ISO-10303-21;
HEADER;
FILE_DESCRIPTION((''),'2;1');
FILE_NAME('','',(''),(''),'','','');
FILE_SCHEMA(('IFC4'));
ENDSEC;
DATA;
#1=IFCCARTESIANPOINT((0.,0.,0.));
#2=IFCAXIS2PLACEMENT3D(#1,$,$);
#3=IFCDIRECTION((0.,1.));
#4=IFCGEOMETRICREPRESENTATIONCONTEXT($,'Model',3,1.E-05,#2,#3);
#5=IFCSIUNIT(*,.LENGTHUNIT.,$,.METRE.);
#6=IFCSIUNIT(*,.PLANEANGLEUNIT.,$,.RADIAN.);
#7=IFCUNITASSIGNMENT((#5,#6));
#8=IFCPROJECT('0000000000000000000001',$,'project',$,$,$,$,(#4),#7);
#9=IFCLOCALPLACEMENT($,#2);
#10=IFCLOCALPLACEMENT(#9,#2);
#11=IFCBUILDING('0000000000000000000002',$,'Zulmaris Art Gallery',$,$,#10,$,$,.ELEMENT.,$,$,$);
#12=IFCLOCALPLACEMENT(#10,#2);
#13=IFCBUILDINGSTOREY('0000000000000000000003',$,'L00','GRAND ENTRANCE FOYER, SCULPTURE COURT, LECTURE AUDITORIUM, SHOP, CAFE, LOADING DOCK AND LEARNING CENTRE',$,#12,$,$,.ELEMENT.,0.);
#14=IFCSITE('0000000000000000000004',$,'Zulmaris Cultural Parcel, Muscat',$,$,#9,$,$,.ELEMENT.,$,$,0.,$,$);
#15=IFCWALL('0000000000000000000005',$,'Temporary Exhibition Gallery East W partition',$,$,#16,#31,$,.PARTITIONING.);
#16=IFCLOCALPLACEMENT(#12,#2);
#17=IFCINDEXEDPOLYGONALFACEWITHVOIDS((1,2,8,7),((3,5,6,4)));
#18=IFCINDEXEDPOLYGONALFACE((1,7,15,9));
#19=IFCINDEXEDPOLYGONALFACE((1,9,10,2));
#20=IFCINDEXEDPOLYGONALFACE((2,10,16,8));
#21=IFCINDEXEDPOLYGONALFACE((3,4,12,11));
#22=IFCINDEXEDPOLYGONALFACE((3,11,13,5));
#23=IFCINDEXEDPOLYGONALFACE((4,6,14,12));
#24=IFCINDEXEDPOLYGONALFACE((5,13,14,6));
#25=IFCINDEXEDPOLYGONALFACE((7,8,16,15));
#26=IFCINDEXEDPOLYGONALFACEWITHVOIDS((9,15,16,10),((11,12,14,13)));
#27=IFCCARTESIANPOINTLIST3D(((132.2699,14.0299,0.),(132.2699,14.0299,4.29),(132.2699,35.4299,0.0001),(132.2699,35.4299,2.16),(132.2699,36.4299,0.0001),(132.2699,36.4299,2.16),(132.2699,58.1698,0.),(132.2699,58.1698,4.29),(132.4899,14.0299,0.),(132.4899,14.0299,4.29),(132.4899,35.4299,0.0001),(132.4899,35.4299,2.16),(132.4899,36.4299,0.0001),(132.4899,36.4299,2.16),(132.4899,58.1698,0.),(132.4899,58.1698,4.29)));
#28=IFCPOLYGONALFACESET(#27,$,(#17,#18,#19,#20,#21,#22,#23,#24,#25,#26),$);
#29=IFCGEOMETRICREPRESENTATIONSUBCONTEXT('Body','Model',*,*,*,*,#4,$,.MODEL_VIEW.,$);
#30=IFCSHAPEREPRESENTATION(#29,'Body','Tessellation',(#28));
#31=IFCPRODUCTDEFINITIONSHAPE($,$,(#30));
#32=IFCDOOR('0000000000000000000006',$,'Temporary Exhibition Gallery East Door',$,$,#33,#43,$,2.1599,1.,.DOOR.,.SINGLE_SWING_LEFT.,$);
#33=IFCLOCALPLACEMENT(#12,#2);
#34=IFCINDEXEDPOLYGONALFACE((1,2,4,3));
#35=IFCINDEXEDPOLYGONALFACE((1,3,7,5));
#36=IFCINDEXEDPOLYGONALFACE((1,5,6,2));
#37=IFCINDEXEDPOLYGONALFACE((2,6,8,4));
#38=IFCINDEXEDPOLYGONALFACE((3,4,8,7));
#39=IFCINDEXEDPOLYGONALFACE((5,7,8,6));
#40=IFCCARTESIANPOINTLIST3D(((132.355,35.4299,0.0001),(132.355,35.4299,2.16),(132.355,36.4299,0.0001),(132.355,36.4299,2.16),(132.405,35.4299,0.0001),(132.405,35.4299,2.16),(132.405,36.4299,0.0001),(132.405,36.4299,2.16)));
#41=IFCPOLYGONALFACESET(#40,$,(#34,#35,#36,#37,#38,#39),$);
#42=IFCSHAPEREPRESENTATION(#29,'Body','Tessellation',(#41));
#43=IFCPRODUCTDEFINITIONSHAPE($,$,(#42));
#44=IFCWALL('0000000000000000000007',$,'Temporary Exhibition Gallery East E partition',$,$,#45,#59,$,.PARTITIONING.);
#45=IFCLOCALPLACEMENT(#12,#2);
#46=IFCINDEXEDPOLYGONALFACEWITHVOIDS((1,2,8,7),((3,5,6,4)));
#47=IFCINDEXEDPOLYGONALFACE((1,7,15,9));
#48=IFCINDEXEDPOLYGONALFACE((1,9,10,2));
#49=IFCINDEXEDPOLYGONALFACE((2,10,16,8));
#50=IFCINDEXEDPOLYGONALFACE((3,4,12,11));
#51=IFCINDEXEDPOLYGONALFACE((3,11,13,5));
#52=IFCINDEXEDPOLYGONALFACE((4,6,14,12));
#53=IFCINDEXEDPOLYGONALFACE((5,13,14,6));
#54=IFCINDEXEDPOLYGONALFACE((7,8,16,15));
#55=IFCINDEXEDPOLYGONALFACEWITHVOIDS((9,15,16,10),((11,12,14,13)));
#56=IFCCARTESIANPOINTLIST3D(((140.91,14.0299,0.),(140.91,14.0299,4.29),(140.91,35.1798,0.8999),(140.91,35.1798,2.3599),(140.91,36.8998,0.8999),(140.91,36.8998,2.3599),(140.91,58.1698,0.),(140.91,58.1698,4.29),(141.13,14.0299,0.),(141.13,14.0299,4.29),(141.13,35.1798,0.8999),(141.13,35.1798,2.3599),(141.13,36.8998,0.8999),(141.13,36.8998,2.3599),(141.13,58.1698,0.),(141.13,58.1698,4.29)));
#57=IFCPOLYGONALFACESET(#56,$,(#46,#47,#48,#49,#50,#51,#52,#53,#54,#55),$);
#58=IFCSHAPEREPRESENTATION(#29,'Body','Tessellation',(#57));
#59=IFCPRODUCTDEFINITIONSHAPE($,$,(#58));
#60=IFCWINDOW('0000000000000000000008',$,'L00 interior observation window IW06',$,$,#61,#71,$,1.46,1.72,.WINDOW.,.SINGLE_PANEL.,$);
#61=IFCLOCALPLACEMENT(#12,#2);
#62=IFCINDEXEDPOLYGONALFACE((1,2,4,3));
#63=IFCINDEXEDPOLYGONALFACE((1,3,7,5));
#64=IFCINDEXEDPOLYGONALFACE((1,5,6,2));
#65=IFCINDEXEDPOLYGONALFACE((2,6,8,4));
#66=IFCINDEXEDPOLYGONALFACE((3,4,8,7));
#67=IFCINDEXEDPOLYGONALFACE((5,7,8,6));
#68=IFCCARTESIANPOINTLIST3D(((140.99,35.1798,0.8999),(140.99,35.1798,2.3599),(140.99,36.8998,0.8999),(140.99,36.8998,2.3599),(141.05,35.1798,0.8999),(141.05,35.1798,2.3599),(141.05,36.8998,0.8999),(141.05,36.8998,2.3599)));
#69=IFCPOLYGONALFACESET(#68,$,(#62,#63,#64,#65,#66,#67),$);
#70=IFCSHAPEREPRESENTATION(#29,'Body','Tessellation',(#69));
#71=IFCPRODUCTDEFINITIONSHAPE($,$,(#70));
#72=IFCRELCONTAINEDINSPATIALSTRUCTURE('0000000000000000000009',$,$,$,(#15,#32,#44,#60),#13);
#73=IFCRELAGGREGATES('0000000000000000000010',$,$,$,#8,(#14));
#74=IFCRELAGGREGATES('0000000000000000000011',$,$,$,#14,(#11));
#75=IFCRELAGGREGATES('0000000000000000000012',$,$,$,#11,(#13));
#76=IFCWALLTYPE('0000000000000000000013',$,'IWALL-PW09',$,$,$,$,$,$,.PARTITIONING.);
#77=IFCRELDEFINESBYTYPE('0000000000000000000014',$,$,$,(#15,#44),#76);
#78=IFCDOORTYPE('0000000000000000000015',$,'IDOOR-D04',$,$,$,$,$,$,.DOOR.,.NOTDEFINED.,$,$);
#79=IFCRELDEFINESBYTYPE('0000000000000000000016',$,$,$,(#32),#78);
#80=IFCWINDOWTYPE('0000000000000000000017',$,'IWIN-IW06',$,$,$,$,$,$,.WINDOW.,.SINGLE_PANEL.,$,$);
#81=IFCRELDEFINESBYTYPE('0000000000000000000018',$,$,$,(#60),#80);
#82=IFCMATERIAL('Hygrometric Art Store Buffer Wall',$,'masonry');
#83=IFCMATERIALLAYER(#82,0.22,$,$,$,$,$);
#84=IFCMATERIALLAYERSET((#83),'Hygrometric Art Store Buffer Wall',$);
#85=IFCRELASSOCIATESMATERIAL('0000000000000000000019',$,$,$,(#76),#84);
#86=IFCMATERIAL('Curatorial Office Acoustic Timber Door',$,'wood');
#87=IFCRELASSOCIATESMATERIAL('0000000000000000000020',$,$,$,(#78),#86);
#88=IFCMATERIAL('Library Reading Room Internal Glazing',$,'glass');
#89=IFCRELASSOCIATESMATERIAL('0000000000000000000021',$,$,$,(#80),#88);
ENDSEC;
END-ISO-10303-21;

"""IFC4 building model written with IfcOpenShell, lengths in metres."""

from ifc_helpers import new_model, si_unit, direction, frame, frame_2d, origin, place, context, subcontext, project, spatial, rectangle, extrude, material, layer, layer_set, type_object, element, fill, save


model = new_model("IFC4")

# Units and contexts
model_context = context("Model", 3, precision=1e-05, world=origin(), true_north=direction((0.0, 1.0)))
body_context = subcontext(model_context, "Body", "Model", "MODEL_VIEW")
ifc_project = project(units=[si_unit("LENGTHUNIT", "METRE"), si_unit("PLANEANGLEUNIT", "RADIAN")], contexts=[model_context])

# Site, building, storey
site_placement = place(None, origin())
site = spatial("IfcSite", under=ifc_project, at=site_placement, Name="Zulmaris Cultural Parcel, Muscat", CompositionType="ELEMENT", RefElevation=0.0)
building_placement = place(site_placement, origin())
building = spatial("IfcBuilding", under=site, at=building_placement, Name="Zulmaris Art Gallery", CompositionType="ELEMENT")
storey_placement = place(building_placement, origin())
storey = spatial("IfcBuildingStorey", under=building, at=storey_placement, Name="L00", Description="GRAND ENTRANCE FOYER, SCULPTURE COURT, LECTURE AUDITORIUM, SHOP, CAFE, LOADING DOCK AND LEARNING CENTRE", CompositionType="ELEMENT", Elevation=0.0)

# Wall, opening, door
ifc_material_1 = material(Name="Hygrometric Art Store Buffer Wall", Category="masonry")
ifc_layer_1 = layer(ifc_material_1, 0.22)
ifc_layer_set_1 = layer_set([ifc_layer_1], Name="Hygrometric Art Store Buffer Wall")
wall_type_1 = type_object("IfcWallType", Name="IWALL-PW09", PredefinedType="PARTITIONING", material=ifc_layer_set_1)
wall_1_placement = place(storey_placement, frame((132.3799, 14.03, 0.0), z_axis=(0.0, 0.0, 1.0), x_axis=(0.0, 1.0, 0.0)))
wall_1 = element("IfcWall", 1, at=wall_1_placement, inside=storey, type_object=wall_type_1, Name="Temporary Exhibition Gallery East W partition", PredefinedType="PARTITIONING", context=body_context, shape_type="SweptSolid", body=[
    extrude(rectangle(XDim=44.1399, YDim=0.22, at=frame_2d((22.0698, 0.0))), origin(), (0.0, 0.0, 1.0), 4.29),
])
opening_1_placement = place(wall_1_placement, frame((21.3999, 0.0, 0.0)))
opening_1 = element("IfcOpeningElement", 2, at=opening_1_placement, cuts=wall_1, PredefinedType="OPENING", context=body_context, shape_type="SweptSolid", body=[
    extrude(rectangle(XDim=1.0, YDim=2.1599, at=frame_2d((0.5, 1.0801))), frame((0.0, 0.1199, 0.0), z_axis=(0.0, -1.0, 0.0), x_axis=(1.0, 0.0, 0.0)), (0.0, 0.0, 1.0), 0.24),
])
ifc_material_2 = material(Name="Curatorial Office Acoustic Timber Door", Category="wood")
door_type = type_object("IfcDoorType", Name="IDOOR-D04", OperationType="NOTDEFINED", PredefinedType="DOOR", material=ifc_material_2)
door_placement = place(opening_1_placement, origin())
door = element("IfcDoor", 3, at=door_placement, inside=storey, type_object=door_type, Name="Temporary Exhibition Gallery East Door", OperationType="SINGLE_SWING_LEFT", OverallHeight=2.1599, OverallWidth=1.0, PredefinedType="DOOR", context=body_context, shape_type="SweptSolid", body=[
    extrude(rectangle(XDim=1.0, YDim=2.1599, at=frame_2d((0.5, 1.0801))), frame((0.0, 0.0249, 0.0), z_axis=(0.0, -1.0, 0.0), x_axis=(1.0, 0.0, 0.0)), (0.0, 0.0, 1.0), 0.05),
])
fill(opening_1, door)

# Wall, opening, window
wall_2_placement = place(storey_placement, frame((141.02, 14.03, 0.0), z_axis=(0.0, 0.0, 1.0), x_axis=(0.0, 1.0, 0.0)))
wall_2 = element("IfcWall", 4, at=wall_2_placement, inside=storey, type_object=wall_type_1, Name="Temporary Exhibition Gallery East E partition", PredefinedType="PARTITIONING", context=body_context, shape_type="SweptSolid", body=[
    extrude(rectangle(XDim=44.1399, YDim=0.22, at=frame_2d((22.0698, 0.0))), origin(), (0.0, 0.0, 1.0), 4.29),
])
opening_2_placement = place(wall_2_placement, frame((21.1499, 0.0, 0.8999)))
opening_2 = element("IfcOpeningElement", 5, at=opening_2_placement, cuts=wall_2, PredefinedType="OPENING", context=body_context, shape_type="SweptSolid", body=[
    extrude(rectangle(XDim=1.72, YDim=1.46, at=frame_2d((0.8599, 0.73))), frame((0.0, 0.1199, 0.0), z_axis=(0.0, -1.0, 0.0), x_axis=(1.0, 0.0, 0.0)), (0.0, 0.0, 1.0), 0.24),
])
ifc_material_3 = material(Name="Library Reading Room Internal Glazing", Category="glass")
window_type_1 = type_object("IfcWindowType", Name="IWIN-IW06", PartitioningType="SINGLE_PANEL", PredefinedType="WINDOW", material=ifc_material_3)
window_1_placement = place(opening_2_placement, origin())
window_1 = element("IfcWindow", 6, at=window_1_placement, inside=storey, type_object=window_type_1, Name="L00 interior observation window IW06", OverallHeight=1.46, OverallWidth=1.72, PartitioningType="SINGLE_PANEL", PredefinedType="WINDOW", context=body_context, shape_type="SweptSolid", body=[
    extrude(rectangle(XDim=1.72, YDim=1.46, at=frame_2d((0.8599, 0.73))), frame((0.0, 0.03, 0.0), z_axis=(0.0, -1.0, 0.0), x_axis=(1.0, 0.0, 0.0)), (0.0, 0.0, 1.0), 0.0601),
])
fill(opening_2, window_1)

save(model, "model.ifc")
